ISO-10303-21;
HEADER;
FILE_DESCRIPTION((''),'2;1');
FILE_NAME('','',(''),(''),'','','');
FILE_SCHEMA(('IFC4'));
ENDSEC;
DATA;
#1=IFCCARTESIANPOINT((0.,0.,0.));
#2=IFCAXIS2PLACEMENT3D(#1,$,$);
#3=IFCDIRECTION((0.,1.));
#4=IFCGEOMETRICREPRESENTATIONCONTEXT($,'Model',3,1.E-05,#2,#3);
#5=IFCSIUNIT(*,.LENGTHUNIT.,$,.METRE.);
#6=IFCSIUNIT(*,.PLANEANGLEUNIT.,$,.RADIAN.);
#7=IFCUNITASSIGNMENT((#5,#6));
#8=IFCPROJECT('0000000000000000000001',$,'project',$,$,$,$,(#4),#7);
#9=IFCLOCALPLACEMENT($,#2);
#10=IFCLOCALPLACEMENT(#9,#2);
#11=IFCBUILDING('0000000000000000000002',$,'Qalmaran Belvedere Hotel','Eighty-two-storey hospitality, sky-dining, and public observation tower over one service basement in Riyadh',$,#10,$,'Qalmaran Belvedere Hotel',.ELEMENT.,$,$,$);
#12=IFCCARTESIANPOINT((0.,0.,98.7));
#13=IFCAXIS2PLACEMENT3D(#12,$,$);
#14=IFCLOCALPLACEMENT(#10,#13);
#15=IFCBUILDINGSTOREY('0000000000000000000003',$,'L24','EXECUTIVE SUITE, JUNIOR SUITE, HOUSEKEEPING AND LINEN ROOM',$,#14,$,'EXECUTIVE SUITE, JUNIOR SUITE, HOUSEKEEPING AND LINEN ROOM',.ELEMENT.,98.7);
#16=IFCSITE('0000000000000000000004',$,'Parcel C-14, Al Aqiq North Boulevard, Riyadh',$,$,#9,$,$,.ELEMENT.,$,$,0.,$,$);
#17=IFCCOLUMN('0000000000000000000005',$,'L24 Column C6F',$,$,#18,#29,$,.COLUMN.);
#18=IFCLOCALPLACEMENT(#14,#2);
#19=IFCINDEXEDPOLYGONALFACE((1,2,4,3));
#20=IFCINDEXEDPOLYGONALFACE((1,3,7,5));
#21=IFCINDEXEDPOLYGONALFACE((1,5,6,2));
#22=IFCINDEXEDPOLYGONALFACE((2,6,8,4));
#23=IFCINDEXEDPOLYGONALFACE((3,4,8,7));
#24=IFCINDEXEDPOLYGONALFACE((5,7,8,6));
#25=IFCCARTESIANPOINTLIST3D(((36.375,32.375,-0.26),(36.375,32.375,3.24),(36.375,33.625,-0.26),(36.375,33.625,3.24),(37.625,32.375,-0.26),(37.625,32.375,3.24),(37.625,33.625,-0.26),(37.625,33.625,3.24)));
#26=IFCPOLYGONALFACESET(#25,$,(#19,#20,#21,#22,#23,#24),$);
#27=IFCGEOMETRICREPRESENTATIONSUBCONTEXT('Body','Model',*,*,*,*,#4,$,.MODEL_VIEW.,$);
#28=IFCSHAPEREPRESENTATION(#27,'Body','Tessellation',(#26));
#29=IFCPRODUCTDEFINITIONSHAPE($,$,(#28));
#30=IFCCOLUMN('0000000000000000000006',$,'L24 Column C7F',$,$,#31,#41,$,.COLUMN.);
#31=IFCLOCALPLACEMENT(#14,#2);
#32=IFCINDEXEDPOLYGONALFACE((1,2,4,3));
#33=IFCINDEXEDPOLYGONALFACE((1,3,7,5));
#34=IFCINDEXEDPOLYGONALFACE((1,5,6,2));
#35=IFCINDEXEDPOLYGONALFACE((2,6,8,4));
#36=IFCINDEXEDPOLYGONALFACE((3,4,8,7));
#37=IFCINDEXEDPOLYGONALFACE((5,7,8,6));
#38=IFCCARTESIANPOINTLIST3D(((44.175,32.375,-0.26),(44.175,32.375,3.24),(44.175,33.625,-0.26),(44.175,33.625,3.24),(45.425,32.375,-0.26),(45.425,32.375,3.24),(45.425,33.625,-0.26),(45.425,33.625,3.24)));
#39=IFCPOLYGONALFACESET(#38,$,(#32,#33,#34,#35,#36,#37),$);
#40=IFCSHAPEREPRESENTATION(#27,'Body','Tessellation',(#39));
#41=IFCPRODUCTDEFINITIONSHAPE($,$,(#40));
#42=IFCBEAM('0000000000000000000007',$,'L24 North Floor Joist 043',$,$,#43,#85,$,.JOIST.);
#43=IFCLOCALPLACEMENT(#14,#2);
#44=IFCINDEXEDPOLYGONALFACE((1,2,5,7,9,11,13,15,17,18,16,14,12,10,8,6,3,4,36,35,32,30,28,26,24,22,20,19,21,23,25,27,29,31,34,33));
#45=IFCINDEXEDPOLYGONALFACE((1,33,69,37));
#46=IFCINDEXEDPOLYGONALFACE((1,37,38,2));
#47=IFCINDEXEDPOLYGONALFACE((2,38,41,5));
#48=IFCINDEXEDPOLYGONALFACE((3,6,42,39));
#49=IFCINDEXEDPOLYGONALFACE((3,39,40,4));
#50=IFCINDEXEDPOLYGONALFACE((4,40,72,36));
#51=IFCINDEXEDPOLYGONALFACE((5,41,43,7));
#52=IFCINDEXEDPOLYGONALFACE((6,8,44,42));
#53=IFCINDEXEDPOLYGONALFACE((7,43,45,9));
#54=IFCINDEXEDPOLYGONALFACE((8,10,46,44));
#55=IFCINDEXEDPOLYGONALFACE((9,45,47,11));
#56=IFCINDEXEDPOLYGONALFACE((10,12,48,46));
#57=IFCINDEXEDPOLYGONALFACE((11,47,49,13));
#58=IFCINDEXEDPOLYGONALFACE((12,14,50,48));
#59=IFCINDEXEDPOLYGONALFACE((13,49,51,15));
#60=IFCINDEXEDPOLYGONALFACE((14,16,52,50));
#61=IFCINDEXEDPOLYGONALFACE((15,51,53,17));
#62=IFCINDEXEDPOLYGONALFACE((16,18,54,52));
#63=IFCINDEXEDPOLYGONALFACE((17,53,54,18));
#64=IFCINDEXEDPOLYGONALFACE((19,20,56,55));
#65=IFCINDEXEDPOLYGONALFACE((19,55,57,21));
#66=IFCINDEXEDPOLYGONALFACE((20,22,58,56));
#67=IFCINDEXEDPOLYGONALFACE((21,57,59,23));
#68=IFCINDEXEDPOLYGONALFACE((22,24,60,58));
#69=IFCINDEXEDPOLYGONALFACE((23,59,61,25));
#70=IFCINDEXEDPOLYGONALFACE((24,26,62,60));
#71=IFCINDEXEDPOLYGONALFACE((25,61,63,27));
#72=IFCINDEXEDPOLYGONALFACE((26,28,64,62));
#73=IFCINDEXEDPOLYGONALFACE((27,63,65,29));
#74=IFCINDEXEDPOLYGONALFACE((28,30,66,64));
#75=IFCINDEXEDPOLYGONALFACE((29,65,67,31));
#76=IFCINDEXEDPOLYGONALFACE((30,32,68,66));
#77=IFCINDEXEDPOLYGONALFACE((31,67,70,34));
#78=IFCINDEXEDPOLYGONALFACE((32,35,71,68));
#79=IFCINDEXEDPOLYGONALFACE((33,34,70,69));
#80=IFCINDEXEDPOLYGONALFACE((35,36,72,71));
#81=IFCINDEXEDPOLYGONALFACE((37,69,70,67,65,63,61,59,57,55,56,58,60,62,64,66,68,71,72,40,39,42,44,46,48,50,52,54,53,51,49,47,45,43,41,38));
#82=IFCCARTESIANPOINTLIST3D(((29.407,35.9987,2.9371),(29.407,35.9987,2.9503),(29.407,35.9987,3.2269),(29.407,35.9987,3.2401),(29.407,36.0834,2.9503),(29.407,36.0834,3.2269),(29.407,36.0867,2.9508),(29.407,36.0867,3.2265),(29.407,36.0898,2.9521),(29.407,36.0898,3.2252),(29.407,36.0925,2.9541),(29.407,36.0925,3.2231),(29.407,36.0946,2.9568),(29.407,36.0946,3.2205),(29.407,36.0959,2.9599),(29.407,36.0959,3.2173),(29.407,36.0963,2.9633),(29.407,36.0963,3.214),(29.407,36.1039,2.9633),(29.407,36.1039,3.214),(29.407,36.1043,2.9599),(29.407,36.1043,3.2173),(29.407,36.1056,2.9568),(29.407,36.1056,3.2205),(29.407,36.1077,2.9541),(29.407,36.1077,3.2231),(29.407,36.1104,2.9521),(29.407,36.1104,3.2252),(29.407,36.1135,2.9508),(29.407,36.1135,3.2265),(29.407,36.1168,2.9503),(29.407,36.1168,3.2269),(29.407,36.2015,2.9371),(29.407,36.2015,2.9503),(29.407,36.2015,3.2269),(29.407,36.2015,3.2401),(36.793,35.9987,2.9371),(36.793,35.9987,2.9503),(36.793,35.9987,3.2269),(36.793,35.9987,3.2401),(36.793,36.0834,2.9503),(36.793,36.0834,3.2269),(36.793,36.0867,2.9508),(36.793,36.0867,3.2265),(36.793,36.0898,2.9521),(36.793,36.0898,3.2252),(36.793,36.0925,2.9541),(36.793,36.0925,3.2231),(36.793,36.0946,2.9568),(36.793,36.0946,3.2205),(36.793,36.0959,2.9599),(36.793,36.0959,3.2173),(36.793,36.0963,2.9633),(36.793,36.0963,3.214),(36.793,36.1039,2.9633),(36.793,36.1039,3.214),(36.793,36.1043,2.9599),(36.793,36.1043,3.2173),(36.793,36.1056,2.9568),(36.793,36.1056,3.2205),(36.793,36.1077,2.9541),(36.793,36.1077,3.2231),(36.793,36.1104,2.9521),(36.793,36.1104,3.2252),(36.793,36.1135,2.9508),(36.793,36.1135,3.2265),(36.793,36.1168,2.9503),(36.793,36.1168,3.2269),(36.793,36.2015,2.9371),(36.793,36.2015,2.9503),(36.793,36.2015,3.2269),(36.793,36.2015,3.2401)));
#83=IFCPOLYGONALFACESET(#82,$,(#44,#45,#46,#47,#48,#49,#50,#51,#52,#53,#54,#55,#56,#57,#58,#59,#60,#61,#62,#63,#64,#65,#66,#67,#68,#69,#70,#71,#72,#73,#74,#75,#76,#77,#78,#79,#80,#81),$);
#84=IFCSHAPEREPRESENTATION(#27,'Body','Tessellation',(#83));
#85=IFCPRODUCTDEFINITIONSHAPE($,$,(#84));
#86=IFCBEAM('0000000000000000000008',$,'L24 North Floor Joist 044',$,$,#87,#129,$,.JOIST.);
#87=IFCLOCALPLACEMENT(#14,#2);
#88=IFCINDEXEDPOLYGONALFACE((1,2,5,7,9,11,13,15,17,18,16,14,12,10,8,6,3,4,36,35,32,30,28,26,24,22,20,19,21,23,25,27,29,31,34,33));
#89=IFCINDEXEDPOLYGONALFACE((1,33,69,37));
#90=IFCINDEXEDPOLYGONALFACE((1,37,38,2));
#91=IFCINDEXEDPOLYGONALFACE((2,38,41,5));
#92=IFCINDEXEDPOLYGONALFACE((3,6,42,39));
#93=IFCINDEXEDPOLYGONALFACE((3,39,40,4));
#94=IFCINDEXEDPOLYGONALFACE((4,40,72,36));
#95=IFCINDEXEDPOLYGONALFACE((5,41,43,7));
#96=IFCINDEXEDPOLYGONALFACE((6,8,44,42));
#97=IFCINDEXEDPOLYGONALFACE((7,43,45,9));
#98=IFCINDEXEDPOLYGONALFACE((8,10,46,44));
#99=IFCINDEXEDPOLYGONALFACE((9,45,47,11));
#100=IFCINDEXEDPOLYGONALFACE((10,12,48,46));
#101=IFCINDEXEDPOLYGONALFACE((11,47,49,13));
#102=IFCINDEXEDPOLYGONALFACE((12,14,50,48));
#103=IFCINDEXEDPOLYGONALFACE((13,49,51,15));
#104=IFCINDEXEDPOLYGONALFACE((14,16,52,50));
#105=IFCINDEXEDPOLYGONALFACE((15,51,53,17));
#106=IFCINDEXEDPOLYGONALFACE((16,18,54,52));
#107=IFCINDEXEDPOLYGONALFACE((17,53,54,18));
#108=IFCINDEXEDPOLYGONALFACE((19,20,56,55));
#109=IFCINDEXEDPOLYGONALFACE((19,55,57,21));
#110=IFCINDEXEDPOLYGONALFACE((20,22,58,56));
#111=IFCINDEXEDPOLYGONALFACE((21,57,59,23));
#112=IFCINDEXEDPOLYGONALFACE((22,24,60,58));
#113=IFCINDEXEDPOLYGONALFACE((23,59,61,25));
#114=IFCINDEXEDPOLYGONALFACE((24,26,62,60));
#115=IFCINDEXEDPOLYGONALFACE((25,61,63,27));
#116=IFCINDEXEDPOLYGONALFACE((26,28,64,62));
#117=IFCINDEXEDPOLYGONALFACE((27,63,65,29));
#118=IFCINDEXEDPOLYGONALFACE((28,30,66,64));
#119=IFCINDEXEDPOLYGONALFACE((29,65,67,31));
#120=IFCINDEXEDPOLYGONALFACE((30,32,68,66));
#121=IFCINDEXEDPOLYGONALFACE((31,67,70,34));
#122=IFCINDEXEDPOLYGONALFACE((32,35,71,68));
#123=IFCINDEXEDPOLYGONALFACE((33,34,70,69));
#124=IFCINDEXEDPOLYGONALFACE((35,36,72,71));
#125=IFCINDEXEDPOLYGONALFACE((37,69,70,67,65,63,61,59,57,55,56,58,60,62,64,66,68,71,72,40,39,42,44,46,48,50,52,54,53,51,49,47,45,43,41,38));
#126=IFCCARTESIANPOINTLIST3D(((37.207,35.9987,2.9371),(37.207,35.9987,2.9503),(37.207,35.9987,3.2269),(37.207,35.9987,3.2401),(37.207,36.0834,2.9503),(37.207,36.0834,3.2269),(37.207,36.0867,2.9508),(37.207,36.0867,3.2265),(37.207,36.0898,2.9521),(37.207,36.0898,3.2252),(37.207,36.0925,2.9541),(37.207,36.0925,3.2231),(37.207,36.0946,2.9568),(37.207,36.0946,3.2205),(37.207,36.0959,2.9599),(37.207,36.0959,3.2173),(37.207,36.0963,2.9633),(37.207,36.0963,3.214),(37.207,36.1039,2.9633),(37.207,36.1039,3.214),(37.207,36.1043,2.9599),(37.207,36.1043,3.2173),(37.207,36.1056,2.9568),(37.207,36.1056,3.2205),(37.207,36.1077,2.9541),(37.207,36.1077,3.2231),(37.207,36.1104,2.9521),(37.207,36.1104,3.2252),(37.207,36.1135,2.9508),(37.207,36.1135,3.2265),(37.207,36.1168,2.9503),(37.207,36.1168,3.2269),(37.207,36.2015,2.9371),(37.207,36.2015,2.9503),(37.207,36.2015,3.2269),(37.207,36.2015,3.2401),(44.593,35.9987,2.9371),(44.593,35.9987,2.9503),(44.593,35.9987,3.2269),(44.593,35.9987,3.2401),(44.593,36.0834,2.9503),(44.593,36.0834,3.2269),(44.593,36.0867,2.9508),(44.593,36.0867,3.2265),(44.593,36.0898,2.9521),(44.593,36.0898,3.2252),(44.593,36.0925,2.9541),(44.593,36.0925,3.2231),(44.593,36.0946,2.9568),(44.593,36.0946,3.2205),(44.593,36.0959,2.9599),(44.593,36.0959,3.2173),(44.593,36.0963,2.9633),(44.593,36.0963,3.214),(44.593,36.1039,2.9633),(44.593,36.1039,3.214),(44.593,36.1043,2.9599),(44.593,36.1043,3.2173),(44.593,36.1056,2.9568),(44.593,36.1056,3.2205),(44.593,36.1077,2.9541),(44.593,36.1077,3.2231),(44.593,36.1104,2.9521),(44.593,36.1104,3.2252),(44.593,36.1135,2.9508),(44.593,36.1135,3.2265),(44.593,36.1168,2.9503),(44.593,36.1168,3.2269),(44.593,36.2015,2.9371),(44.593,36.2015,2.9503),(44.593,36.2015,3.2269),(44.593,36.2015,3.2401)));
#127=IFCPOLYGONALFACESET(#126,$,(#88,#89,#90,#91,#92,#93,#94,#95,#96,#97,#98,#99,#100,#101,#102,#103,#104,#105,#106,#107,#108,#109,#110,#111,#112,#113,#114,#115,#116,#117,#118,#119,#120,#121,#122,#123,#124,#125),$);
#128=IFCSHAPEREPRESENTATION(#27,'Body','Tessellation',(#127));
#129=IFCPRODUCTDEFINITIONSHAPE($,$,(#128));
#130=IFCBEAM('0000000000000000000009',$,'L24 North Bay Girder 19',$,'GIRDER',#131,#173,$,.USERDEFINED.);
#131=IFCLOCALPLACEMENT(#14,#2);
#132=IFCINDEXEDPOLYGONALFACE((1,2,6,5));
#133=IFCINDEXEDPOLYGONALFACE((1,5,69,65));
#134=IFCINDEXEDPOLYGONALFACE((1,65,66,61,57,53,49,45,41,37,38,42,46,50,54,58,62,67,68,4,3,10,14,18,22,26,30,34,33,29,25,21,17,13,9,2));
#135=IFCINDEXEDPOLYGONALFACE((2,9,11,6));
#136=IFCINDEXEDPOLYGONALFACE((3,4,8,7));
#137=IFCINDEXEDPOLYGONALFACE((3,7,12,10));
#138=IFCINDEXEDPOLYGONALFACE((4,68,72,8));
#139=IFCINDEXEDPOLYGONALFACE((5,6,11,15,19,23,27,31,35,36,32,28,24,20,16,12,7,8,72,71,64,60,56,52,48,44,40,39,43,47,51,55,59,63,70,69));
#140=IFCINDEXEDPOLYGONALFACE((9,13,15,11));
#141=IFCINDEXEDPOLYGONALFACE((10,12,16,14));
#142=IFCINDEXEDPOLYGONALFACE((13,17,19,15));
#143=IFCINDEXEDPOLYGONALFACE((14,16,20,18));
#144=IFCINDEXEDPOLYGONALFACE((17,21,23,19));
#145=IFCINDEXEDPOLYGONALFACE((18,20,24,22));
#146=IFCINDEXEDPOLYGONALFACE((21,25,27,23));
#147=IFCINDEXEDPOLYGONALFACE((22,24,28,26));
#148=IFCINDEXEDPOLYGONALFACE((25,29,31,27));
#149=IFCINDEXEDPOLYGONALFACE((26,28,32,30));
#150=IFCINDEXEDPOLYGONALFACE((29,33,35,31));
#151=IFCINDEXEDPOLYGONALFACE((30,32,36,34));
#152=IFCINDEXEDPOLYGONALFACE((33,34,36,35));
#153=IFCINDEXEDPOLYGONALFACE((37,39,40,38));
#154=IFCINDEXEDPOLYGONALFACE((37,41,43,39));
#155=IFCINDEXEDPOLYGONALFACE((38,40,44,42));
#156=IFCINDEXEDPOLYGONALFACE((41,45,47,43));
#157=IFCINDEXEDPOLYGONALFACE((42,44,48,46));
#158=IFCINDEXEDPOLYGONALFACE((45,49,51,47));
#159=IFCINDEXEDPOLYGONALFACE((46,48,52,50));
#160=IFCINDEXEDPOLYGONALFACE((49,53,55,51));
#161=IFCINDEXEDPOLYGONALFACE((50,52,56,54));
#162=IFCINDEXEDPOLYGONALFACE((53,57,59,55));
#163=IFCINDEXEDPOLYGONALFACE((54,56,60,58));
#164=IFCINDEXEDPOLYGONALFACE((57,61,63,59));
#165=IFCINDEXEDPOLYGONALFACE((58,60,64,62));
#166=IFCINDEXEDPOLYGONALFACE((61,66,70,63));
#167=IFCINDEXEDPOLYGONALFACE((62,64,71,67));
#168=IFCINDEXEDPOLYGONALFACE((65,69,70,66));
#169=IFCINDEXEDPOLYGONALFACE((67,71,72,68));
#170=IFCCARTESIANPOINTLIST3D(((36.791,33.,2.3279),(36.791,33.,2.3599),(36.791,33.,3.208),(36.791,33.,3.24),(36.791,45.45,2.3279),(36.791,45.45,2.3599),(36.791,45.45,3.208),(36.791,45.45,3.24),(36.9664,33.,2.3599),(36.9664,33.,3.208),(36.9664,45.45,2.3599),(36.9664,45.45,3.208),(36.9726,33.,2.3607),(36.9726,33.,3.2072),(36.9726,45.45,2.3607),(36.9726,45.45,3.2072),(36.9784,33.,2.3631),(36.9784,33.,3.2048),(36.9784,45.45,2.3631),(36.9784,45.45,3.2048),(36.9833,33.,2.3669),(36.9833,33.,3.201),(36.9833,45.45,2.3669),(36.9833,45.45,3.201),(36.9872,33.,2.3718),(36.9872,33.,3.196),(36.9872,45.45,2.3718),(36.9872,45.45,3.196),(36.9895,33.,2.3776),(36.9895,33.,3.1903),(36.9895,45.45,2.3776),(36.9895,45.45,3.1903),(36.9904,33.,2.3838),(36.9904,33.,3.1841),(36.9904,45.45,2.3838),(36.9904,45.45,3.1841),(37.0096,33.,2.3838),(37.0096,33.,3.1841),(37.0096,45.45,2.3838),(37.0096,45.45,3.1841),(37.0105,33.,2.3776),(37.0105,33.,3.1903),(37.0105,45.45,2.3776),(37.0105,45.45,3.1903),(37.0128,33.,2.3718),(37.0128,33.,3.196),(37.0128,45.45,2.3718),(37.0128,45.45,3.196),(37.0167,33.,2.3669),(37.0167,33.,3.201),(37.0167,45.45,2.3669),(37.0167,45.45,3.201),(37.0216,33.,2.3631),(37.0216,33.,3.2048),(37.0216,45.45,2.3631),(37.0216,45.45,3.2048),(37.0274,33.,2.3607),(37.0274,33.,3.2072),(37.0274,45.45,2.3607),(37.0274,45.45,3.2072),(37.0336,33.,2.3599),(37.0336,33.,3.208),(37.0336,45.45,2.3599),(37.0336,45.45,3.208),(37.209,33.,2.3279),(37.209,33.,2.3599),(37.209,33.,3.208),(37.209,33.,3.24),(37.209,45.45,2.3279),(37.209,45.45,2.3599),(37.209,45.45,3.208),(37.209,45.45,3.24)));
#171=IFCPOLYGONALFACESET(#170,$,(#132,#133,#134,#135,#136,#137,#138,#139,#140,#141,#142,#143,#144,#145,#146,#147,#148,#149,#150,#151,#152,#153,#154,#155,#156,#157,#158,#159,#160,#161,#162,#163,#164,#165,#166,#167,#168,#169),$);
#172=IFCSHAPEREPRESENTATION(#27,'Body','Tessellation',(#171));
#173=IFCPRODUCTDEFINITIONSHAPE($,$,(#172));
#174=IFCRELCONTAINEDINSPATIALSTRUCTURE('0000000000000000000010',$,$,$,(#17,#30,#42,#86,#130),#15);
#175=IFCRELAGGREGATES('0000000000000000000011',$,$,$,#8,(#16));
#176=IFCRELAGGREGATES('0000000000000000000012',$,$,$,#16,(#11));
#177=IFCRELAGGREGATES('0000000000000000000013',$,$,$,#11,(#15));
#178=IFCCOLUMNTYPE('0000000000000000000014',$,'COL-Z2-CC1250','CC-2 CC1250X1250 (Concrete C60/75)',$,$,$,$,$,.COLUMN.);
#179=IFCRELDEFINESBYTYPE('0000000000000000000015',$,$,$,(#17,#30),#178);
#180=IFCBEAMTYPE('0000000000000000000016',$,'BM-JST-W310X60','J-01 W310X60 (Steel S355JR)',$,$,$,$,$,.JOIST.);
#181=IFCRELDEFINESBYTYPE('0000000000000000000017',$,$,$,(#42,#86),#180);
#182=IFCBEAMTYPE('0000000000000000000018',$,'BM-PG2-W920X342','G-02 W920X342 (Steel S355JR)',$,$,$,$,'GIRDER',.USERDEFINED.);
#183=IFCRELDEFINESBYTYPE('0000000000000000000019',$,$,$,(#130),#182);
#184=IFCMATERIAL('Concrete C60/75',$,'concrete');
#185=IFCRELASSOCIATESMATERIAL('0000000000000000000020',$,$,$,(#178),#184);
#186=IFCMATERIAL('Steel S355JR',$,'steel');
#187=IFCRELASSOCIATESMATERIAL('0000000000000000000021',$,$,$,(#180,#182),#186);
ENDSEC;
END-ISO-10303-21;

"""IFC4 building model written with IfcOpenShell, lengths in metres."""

from ifc_helpers import new_model, si_unit, direction, frame, origin, origin_2d, place, context, subcontext, project, spatial, rectangle, i_section, extrude, material, material_profile, profile_set, type_object, element, save


model = new_model("IFC4")

# Units and contexts
model_context = context("Model", 3, precision=1e-05, world=origin(), true_north=direction((0.0, 1.0)))
body_context = subcontext(model_context, "Body", "Model", "MODEL_VIEW")
ifc_project = project(units=[si_unit("LENGTHUNIT", "METRE"), si_unit("PLANEANGLEUNIT", "RADIAN")], contexts=[model_context])

# Site, building, storey
site_placement = place(None, origin())
site = spatial("IfcSite", under=ifc_project, at=site_placement, Name="Parcel C-14, Al Aqiq North Boulevard, Riyadh", CompositionType="ELEMENT", RefElevation=0.0)
building_placement = place(site_placement, origin())
building = spatial("IfcBuilding", under=site, at=building_placement, Name="Qalmaran Belvedere Hotel", Description="Eighty-two-storey hospitality, sky-dining, and public observation tower over one service basement in Riyadh", LongName="Qalmaran Belvedere Hotel", CompositionType="ELEMENT")
storey_placement = place(building_placement, frame((0.0, 0.0, 98.7)))
storey = spatial("IfcBuildingStorey", under=building, at=storey_placement, Name="L24", Description="EXECUTIVE SUITE, JUNIOR SUITE, HOUSEKEEPING AND LINEN ROOM", LongName="EXECUTIVE SUITE, JUNIOR SUITE, HOUSEKEEPING AND LINEN ROOM", CompositionType="ELEMENT", Elevation=98.7)

# Columns
ifc_material_1 = material(Name="Concrete C60/75", Category="concrete")
ifc_material_profile_1 = material_profile(ifc_material_1, rectangle(XDim=1.25, YDim=1.25, at=origin_2d()), Name="CC1250X1250")
ifc_profile_set_1 = profile_set([ifc_material_profile_1], Name="Concrete C60/75")
column_type = type_object("IfcColumnType", Name="COL-Z2-CC1250", Description="CC-2 CC1250X1250 (Concrete C60/75)", PredefinedType="COLUMN", material=ifc_profile_set_1)
for number, where, z_axis, x_axis, name in (
    (1, (37.0, 33.0, -0.26), (0.0, 0.0, 1.0), (1.0, 0.0, 0.0), "L24 Column C6F"),
    (2, (44.8, 33.0, -0.26), (0.0, 0.0, 1.0), (1.0, 0.0, 0.0), "L24 Column C7F"),
):
    element("IfcColumn", number, at=place(storey_placement, frame(where, z_axis=z_axis, x_axis=x_axis)), inside=storey, type_object=column_type, Name=name, PredefinedType="COLUMN", context=body_context, shape_type="SweptSolid", body=[
        extrude(rectangle(XDim=1.25, YDim=1.25, at=origin_2d()), origin(), (0.0, 0.0, 1.0), 3.5),
    ])

# Beams
ifc_material_2 = material(Name="Steel S355JR", Category="steel")
ifc_material_profile_2 = material_profile(ifc_material_2, i_section(OverallWidth=0.2029, OverallDepth=0.303, WebThickness=0.0076, FlangeThickness=0.0132, FilletRadius=0.0129, at=origin_2d()), Name="W310X60")
ifc_profile_set_2 = profile_set([ifc_material_profile_2], Name="Steel S355JR")
beam_type_1 = type_object("IfcBeamType", Name="BM-JST-W310X60", Description="J-01 W310X60 (Steel S355JR)", PredefinedType="JOIST", material=ifc_profile_set_2)
for number, where, z_axis, x_axis, name in (
    (3, (29.407, 36.1001, 3.0886), (1.0, 0.0, 0.0), (0.0, 1.0, 0.0), "L24 North Floor Joist 043"),
    (4, (37.207, 36.1001, 3.0886), (1.0, 0.0, 0.0), (0.0, 1.0, 0.0), "L24 North Floor Joist 044"),
):
    element("IfcBeam", number, at=place(storey_placement, frame(where, z_axis=z_axis, x_axis=x_axis)), inside=storey, type_object=beam_type_1, Name=name, PredefinedType="JOIST", context=body_context, shape_type="SweptSolid", body=[
        extrude(i_section(OverallWidth=0.2029, OverallDepth=0.303, WebThickness=0.0076, FlangeThickness=0.0132, FilletRadius=0.0129, at=origin_2d()), origin(), (0.0, 0.0, 1.0), 7.386),
    ])
ifc_material_profile_3 = material_profile(ifc_material_2, i_section(OverallWidth=0.418, OverallDepth=0.9121, WebThickness=0.0193, FlangeThickness=0.032, FilletRadius=0.0239, at=origin_2d()), Name="W920X342")
ifc_profile_set_3 = profile_set([ifc_material_profile_3], Name="Steel S355JR")
beam_type_2 = type_object("IfcBeamType", Name="BM-PG2-W920X342", Description="G-02 W920X342 (Steel S355JR)", ElementType="GIRDER", PredefinedType="USERDEFINED", material=ifc_profile_set_3)
beam_1_placement = place(storey_placement, frame((37.0, 33.0, 2.7839), z_axis=(0.0, 1.0, 0.0), x_axis=(-1.0, 0.0, 0.0)))
element("IfcBeam", 5, at=beam_1_placement, inside=storey, type_object=beam_type_2, Name="L24 North Bay Girder 19", ObjectType="GIRDER", PredefinedType="USERDEFINED", context=body_context, shape_type="SweptSolid", body=[
    extrude(i_section(OverallWidth=0.418, OverallDepth=0.9121, WebThickness=0.0193, FlangeThickness=0.032, FilletRadius=0.0239, at=origin_2d()), origin(), (0.0, 0.0, 1.0), 12.45),
])

save(model, "model.ifc")
